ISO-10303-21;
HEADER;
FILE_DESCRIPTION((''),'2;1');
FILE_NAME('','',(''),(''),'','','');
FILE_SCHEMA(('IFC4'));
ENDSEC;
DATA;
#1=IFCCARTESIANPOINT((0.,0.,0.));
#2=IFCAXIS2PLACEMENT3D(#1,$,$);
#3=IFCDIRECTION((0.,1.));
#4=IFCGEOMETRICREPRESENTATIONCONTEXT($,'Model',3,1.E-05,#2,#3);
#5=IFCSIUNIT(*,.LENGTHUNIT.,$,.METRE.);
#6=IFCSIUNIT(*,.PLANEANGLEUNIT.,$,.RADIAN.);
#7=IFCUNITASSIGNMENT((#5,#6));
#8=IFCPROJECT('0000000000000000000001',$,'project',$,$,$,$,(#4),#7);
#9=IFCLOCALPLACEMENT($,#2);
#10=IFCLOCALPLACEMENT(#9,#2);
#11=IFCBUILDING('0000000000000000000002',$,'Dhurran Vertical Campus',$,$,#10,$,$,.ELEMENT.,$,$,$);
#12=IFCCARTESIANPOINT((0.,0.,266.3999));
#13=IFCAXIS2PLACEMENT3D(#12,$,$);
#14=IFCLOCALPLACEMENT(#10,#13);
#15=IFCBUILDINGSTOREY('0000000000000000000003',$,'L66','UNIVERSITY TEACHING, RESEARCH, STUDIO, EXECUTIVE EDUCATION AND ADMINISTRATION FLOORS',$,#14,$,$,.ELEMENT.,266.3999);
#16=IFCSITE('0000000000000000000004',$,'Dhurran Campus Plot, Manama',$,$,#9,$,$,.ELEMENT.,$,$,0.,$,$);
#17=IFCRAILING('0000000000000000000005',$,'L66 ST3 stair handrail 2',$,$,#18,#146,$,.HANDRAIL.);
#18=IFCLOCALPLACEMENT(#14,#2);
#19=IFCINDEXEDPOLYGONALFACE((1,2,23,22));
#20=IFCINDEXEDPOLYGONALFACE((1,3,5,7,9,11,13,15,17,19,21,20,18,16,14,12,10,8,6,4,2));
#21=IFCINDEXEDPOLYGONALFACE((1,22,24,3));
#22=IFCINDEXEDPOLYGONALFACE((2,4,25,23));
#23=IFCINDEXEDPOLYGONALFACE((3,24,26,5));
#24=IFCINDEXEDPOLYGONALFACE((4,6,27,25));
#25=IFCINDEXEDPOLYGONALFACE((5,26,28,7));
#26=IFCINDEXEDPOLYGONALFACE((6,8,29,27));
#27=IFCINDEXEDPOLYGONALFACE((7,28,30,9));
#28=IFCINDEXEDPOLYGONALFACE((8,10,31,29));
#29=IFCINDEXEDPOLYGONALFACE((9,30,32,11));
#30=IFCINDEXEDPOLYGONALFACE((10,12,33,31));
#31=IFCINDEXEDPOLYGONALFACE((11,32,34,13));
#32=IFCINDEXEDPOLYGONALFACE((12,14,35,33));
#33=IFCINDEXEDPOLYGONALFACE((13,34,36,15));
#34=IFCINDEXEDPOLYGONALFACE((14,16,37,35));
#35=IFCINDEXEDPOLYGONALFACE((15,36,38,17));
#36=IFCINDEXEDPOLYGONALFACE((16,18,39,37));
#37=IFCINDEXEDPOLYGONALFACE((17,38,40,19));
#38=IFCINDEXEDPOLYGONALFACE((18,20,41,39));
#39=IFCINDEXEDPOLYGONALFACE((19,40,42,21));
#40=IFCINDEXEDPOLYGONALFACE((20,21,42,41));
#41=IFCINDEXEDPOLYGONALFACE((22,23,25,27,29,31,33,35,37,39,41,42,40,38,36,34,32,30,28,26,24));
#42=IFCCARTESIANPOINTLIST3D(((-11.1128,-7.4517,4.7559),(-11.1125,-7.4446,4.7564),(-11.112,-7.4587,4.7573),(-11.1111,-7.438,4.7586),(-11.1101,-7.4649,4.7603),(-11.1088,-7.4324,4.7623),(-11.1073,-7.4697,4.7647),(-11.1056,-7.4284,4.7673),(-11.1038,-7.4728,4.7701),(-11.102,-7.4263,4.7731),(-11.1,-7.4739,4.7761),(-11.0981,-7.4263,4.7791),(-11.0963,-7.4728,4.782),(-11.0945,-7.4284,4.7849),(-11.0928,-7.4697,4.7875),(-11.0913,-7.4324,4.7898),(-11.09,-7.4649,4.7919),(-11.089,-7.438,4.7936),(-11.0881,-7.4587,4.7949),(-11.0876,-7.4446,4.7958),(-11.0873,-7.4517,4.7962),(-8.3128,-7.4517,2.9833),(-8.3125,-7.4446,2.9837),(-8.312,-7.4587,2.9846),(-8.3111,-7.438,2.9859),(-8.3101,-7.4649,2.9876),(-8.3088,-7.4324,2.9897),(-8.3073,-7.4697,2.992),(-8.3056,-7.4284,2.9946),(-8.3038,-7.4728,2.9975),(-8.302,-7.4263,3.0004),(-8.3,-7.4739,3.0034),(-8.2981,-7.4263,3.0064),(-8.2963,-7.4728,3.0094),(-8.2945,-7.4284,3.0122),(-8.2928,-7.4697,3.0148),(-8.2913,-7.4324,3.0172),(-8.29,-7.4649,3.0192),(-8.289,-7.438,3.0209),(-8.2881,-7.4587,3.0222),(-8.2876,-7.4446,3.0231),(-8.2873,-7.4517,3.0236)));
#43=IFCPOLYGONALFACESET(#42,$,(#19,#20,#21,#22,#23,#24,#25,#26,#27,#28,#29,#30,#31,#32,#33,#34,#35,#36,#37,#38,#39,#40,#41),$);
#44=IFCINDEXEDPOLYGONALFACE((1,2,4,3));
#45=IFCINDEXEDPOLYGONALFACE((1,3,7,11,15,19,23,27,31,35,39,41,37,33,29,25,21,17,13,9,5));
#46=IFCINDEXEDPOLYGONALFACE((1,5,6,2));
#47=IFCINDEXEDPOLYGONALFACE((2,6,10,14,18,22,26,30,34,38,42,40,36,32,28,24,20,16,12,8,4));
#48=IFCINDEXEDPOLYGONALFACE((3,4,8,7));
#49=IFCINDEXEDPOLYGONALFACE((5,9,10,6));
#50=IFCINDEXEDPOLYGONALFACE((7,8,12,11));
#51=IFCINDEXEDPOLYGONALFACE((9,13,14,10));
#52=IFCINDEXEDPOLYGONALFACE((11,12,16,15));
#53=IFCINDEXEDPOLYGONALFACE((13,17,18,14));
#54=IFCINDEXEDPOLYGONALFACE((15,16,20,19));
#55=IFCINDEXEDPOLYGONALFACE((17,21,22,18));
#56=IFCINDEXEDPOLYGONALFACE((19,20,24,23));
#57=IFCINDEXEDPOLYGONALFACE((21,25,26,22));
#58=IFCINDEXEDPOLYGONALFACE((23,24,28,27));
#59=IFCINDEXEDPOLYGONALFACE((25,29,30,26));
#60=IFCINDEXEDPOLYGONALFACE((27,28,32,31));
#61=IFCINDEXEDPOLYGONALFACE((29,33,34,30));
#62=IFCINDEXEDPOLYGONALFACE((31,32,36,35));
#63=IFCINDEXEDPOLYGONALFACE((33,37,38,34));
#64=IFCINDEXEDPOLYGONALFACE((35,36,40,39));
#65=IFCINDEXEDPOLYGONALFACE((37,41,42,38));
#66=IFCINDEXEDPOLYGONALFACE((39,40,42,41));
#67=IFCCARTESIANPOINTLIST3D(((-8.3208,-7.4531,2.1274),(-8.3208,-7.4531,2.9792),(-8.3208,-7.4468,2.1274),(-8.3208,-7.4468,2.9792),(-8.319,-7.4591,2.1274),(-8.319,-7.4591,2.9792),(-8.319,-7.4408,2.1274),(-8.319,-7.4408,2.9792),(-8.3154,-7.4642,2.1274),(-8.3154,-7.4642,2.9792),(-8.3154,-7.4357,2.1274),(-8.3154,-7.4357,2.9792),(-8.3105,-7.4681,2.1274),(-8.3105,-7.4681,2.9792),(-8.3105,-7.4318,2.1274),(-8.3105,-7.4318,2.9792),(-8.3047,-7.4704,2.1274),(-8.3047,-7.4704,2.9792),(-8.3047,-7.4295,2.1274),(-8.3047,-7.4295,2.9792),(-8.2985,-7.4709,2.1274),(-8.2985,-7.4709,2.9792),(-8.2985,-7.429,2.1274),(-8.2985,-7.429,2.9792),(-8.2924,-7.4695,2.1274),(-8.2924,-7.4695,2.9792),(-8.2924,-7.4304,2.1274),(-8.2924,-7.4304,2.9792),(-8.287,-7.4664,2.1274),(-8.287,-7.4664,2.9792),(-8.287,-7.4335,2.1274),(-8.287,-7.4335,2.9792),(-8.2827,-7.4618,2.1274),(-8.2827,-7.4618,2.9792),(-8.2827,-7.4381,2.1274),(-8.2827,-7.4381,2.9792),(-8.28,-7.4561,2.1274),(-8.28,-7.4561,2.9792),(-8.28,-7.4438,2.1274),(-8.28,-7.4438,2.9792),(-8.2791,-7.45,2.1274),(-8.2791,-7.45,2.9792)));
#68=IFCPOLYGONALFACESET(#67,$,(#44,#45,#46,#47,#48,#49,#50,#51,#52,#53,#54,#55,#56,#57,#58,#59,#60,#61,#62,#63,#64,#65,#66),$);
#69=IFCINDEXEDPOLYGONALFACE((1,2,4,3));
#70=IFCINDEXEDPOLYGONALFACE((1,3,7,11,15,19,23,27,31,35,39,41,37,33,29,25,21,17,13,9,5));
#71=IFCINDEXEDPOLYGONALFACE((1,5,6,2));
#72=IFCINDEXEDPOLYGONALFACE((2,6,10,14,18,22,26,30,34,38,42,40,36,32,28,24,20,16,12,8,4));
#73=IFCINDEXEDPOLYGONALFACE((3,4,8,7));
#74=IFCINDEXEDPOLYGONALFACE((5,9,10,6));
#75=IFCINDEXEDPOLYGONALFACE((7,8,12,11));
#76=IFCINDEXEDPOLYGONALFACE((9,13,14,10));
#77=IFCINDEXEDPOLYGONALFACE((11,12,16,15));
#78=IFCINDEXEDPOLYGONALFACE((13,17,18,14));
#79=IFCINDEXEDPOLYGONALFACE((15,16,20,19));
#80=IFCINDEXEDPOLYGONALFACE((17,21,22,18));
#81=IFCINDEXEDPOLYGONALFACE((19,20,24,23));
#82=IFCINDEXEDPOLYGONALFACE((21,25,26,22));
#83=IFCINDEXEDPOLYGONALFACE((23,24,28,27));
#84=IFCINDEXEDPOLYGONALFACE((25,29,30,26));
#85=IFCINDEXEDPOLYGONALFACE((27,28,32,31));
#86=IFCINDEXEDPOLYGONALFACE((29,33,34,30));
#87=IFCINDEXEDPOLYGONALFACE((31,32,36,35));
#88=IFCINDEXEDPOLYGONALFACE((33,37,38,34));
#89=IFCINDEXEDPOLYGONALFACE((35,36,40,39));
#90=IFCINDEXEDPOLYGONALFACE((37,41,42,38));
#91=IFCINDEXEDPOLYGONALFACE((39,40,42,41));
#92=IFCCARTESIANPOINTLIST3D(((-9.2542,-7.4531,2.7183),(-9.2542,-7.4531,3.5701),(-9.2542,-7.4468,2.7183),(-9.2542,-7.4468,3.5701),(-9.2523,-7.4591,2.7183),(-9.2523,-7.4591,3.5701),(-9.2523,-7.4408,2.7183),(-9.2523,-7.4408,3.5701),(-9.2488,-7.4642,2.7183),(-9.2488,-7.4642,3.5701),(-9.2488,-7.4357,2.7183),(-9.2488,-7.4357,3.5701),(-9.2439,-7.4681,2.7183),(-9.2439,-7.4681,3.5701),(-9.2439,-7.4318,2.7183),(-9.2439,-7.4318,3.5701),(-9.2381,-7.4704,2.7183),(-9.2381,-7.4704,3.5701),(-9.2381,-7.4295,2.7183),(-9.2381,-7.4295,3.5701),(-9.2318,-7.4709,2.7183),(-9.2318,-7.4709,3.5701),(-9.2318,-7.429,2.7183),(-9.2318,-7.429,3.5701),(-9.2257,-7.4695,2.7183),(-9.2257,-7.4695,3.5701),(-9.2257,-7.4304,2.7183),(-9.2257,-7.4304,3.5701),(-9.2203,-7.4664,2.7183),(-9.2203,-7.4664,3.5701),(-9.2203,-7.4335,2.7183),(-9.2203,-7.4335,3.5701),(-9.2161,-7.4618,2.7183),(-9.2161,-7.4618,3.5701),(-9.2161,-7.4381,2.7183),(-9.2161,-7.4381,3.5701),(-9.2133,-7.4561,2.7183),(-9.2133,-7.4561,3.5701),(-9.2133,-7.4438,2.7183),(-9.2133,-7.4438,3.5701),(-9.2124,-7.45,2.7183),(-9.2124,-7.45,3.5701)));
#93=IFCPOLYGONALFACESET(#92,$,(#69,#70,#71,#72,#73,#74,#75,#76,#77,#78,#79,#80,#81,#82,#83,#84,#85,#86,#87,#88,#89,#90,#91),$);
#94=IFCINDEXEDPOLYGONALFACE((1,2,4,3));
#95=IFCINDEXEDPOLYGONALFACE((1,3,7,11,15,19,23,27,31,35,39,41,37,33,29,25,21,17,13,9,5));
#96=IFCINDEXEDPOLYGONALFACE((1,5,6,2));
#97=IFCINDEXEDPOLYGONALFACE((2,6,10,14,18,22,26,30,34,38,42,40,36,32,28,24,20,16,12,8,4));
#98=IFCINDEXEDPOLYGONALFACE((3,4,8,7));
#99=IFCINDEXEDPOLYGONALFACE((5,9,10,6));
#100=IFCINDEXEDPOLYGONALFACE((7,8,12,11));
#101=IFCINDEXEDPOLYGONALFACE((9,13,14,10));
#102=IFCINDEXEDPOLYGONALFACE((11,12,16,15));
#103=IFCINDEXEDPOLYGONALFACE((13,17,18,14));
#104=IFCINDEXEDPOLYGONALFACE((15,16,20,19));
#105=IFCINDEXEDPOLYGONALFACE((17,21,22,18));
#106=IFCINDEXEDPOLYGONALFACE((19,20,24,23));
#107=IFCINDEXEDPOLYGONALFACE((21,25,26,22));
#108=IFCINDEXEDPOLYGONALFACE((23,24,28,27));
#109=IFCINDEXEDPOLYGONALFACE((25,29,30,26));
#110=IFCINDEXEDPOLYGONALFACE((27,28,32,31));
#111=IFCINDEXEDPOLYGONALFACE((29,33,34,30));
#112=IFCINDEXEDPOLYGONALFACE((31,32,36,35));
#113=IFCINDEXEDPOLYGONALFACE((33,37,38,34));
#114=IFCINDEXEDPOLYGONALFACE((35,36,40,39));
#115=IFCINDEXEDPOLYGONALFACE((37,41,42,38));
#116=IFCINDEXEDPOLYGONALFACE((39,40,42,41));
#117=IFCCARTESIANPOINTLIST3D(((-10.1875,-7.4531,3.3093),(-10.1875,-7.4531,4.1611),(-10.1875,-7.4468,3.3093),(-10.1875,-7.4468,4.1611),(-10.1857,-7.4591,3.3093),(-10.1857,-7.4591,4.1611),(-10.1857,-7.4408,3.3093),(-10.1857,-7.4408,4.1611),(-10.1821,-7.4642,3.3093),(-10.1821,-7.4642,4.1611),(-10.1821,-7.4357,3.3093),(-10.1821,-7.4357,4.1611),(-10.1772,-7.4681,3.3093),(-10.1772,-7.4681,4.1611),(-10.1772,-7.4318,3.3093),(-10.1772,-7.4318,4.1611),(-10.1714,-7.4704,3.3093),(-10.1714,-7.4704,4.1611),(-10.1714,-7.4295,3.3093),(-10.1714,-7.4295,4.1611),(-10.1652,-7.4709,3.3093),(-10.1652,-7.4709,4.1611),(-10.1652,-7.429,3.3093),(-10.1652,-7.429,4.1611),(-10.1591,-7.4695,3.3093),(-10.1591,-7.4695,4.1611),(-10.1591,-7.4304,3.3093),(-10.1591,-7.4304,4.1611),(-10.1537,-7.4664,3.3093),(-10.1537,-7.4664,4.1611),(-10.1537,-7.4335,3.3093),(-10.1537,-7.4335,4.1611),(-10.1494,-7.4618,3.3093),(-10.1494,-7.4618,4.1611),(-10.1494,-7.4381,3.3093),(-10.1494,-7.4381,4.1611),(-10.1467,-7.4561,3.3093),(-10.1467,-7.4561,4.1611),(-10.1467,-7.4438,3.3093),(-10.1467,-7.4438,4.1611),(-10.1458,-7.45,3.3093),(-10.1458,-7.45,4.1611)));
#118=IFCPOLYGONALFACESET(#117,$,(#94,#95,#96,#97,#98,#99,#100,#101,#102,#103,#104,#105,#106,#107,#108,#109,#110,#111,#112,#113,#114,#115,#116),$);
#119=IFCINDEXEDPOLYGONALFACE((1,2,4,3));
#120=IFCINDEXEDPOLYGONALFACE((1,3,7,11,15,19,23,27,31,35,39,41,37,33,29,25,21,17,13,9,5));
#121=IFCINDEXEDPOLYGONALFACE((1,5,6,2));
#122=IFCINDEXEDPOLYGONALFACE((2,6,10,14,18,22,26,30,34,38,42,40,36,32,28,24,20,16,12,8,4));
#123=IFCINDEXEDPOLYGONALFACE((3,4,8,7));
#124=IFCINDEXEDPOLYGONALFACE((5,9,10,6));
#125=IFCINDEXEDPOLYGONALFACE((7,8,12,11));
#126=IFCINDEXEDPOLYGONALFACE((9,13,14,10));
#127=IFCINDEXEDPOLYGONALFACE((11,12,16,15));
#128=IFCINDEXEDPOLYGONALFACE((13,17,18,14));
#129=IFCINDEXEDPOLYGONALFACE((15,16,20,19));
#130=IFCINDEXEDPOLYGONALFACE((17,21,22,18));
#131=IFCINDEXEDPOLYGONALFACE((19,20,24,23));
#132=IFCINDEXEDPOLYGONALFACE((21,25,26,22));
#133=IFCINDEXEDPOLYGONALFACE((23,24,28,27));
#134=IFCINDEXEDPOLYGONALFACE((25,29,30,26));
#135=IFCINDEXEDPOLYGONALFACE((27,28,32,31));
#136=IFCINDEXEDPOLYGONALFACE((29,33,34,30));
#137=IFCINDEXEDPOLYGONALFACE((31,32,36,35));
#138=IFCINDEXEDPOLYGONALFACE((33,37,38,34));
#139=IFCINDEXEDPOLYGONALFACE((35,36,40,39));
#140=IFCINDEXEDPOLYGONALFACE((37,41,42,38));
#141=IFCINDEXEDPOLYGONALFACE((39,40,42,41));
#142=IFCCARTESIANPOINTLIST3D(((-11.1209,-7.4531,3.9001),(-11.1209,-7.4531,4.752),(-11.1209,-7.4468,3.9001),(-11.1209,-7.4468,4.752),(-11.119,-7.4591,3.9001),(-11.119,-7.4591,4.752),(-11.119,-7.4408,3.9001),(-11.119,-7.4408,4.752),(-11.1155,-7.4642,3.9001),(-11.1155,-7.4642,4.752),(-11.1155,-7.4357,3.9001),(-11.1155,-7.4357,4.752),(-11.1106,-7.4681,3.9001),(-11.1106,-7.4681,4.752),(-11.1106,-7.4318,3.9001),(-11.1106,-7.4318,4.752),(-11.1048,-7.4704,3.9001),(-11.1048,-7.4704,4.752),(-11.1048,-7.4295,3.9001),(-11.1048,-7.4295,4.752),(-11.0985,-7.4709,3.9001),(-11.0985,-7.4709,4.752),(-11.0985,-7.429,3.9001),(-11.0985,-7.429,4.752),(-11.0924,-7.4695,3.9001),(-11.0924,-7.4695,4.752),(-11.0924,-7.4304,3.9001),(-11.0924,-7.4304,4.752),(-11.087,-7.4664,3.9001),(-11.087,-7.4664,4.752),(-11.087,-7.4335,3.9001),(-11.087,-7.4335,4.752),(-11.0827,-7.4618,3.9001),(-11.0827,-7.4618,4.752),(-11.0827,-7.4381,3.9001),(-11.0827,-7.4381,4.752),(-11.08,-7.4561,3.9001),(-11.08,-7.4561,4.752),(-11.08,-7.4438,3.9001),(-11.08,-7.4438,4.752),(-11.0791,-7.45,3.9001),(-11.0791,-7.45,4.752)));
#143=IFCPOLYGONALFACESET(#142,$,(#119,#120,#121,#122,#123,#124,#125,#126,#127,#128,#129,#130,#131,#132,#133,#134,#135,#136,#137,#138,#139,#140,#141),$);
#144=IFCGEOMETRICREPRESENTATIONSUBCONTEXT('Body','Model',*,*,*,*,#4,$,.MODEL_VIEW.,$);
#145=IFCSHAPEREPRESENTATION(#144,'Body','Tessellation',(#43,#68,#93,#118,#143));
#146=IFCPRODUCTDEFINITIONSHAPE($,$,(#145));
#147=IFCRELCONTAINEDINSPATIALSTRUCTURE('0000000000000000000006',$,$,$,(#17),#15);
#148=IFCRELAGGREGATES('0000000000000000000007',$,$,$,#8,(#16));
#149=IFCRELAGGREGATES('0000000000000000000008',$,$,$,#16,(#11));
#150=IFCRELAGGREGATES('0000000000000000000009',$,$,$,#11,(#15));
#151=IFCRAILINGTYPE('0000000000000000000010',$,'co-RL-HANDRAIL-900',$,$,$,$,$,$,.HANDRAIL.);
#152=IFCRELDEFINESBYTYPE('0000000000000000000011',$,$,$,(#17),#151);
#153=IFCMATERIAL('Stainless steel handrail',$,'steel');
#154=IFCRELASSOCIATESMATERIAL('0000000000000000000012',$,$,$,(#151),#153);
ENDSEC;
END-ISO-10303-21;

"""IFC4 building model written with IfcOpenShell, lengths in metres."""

from ifc_helpers import new_model, si_unit, direction, frame, origin, origin_2d, place, context, subcontext, project, spatial, circle, extrude, material, type_object, element, save


model = new_model("IFC4")

# Units and contexts
model_context = context("Model", 3, precision=1e-05, world=origin(), true_north=direction((0.0, 1.0)))
body_context = subcontext(model_context, "Body", "Model", "MODEL_VIEW")
ifc_project = project(units=[si_unit("LENGTHUNIT", "METRE"), si_unit("PLANEANGLEUNIT", "RADIAN")], contexts=[model_context])

# Site, building, storey
site_placement = place(None, origin())
site = spatial("IfcSite", under=ifc_project, at=site_placement, Name="Dhurran Campus Plot, Manama", CompositionType="ELEMENT", RefElevation=0.0)
building_placement = place(site_placement, origin())
building = spatial("IfcBuilding", under=site, at=building_placement, Name="Dhurran Vertical Campus", CompositionType="ELEMENT")
storey_placement = place(building_placement, frame((0.0, 0.0, 266.3999)))
storey = spatial("IfcBuildingStorey", under=building, at=storey_placement, Name="L66", Description="UNIVERSITY TEACHING, RESEARCH, STUDIO, EXECUTIVE EDUCATION AND ADMINISTRATION FLOORS", CompositionType="ELEMENT", Elevation=266.3999)

# Railing
ifc_material_1 = material(Name="Stainless steel handrail", Category="steel")
railing_type_1 = type_object("IfcRailingType", Name="co-RL-HANDRAIL-900", PredefinedType="HANDRAIL", material=ifc_material_1)
railing_1_placement = place(storey_placement, frame((-8.3, -7.45, 2.1274)))
element("IfcRailing", 1, at=railing_1_placement, inside=storey, type_object=railing_type_1, Name="L66 ST3 stair handrail 2", PredefinedType="HANDRAIL", context=body_context, shape_type="SweptSolid", body=[
    extrude(circle(Radius=0.0239, at=origin_2d()), frame((0.0, 0.0, 0.876), z_axis=(-0.844909, 0.0, 0.53491), x_axis=(0.0, -1.0, 0.0)), (0.0, 0.0, 1.0), 3.314),
    extrude(circle(Radius=0.021, at=origin_2d()), origin(), (0.0, 0.0, 1.0), 0.8518),
    extrude(circle(Radius=0.021, at=origin_2d()), frame((-0.9333, 0.0, 0.5908)), (0.0, 0.0, 1.0), 0.8518),
    extrude(circle(Radius=0.021, at=origin_2d()), frame((-1.8667, 0.0, 1.1819)), (0.0, 0.0, 1.0), 0.8518),
    extrude(circle(Radius=0.021, at=origin_2d()), frame((-2.8, 0.0, 1.7727)), (0.0, 0.0, 1.0), 0.8518),
])

save(model, "model.ifc")
